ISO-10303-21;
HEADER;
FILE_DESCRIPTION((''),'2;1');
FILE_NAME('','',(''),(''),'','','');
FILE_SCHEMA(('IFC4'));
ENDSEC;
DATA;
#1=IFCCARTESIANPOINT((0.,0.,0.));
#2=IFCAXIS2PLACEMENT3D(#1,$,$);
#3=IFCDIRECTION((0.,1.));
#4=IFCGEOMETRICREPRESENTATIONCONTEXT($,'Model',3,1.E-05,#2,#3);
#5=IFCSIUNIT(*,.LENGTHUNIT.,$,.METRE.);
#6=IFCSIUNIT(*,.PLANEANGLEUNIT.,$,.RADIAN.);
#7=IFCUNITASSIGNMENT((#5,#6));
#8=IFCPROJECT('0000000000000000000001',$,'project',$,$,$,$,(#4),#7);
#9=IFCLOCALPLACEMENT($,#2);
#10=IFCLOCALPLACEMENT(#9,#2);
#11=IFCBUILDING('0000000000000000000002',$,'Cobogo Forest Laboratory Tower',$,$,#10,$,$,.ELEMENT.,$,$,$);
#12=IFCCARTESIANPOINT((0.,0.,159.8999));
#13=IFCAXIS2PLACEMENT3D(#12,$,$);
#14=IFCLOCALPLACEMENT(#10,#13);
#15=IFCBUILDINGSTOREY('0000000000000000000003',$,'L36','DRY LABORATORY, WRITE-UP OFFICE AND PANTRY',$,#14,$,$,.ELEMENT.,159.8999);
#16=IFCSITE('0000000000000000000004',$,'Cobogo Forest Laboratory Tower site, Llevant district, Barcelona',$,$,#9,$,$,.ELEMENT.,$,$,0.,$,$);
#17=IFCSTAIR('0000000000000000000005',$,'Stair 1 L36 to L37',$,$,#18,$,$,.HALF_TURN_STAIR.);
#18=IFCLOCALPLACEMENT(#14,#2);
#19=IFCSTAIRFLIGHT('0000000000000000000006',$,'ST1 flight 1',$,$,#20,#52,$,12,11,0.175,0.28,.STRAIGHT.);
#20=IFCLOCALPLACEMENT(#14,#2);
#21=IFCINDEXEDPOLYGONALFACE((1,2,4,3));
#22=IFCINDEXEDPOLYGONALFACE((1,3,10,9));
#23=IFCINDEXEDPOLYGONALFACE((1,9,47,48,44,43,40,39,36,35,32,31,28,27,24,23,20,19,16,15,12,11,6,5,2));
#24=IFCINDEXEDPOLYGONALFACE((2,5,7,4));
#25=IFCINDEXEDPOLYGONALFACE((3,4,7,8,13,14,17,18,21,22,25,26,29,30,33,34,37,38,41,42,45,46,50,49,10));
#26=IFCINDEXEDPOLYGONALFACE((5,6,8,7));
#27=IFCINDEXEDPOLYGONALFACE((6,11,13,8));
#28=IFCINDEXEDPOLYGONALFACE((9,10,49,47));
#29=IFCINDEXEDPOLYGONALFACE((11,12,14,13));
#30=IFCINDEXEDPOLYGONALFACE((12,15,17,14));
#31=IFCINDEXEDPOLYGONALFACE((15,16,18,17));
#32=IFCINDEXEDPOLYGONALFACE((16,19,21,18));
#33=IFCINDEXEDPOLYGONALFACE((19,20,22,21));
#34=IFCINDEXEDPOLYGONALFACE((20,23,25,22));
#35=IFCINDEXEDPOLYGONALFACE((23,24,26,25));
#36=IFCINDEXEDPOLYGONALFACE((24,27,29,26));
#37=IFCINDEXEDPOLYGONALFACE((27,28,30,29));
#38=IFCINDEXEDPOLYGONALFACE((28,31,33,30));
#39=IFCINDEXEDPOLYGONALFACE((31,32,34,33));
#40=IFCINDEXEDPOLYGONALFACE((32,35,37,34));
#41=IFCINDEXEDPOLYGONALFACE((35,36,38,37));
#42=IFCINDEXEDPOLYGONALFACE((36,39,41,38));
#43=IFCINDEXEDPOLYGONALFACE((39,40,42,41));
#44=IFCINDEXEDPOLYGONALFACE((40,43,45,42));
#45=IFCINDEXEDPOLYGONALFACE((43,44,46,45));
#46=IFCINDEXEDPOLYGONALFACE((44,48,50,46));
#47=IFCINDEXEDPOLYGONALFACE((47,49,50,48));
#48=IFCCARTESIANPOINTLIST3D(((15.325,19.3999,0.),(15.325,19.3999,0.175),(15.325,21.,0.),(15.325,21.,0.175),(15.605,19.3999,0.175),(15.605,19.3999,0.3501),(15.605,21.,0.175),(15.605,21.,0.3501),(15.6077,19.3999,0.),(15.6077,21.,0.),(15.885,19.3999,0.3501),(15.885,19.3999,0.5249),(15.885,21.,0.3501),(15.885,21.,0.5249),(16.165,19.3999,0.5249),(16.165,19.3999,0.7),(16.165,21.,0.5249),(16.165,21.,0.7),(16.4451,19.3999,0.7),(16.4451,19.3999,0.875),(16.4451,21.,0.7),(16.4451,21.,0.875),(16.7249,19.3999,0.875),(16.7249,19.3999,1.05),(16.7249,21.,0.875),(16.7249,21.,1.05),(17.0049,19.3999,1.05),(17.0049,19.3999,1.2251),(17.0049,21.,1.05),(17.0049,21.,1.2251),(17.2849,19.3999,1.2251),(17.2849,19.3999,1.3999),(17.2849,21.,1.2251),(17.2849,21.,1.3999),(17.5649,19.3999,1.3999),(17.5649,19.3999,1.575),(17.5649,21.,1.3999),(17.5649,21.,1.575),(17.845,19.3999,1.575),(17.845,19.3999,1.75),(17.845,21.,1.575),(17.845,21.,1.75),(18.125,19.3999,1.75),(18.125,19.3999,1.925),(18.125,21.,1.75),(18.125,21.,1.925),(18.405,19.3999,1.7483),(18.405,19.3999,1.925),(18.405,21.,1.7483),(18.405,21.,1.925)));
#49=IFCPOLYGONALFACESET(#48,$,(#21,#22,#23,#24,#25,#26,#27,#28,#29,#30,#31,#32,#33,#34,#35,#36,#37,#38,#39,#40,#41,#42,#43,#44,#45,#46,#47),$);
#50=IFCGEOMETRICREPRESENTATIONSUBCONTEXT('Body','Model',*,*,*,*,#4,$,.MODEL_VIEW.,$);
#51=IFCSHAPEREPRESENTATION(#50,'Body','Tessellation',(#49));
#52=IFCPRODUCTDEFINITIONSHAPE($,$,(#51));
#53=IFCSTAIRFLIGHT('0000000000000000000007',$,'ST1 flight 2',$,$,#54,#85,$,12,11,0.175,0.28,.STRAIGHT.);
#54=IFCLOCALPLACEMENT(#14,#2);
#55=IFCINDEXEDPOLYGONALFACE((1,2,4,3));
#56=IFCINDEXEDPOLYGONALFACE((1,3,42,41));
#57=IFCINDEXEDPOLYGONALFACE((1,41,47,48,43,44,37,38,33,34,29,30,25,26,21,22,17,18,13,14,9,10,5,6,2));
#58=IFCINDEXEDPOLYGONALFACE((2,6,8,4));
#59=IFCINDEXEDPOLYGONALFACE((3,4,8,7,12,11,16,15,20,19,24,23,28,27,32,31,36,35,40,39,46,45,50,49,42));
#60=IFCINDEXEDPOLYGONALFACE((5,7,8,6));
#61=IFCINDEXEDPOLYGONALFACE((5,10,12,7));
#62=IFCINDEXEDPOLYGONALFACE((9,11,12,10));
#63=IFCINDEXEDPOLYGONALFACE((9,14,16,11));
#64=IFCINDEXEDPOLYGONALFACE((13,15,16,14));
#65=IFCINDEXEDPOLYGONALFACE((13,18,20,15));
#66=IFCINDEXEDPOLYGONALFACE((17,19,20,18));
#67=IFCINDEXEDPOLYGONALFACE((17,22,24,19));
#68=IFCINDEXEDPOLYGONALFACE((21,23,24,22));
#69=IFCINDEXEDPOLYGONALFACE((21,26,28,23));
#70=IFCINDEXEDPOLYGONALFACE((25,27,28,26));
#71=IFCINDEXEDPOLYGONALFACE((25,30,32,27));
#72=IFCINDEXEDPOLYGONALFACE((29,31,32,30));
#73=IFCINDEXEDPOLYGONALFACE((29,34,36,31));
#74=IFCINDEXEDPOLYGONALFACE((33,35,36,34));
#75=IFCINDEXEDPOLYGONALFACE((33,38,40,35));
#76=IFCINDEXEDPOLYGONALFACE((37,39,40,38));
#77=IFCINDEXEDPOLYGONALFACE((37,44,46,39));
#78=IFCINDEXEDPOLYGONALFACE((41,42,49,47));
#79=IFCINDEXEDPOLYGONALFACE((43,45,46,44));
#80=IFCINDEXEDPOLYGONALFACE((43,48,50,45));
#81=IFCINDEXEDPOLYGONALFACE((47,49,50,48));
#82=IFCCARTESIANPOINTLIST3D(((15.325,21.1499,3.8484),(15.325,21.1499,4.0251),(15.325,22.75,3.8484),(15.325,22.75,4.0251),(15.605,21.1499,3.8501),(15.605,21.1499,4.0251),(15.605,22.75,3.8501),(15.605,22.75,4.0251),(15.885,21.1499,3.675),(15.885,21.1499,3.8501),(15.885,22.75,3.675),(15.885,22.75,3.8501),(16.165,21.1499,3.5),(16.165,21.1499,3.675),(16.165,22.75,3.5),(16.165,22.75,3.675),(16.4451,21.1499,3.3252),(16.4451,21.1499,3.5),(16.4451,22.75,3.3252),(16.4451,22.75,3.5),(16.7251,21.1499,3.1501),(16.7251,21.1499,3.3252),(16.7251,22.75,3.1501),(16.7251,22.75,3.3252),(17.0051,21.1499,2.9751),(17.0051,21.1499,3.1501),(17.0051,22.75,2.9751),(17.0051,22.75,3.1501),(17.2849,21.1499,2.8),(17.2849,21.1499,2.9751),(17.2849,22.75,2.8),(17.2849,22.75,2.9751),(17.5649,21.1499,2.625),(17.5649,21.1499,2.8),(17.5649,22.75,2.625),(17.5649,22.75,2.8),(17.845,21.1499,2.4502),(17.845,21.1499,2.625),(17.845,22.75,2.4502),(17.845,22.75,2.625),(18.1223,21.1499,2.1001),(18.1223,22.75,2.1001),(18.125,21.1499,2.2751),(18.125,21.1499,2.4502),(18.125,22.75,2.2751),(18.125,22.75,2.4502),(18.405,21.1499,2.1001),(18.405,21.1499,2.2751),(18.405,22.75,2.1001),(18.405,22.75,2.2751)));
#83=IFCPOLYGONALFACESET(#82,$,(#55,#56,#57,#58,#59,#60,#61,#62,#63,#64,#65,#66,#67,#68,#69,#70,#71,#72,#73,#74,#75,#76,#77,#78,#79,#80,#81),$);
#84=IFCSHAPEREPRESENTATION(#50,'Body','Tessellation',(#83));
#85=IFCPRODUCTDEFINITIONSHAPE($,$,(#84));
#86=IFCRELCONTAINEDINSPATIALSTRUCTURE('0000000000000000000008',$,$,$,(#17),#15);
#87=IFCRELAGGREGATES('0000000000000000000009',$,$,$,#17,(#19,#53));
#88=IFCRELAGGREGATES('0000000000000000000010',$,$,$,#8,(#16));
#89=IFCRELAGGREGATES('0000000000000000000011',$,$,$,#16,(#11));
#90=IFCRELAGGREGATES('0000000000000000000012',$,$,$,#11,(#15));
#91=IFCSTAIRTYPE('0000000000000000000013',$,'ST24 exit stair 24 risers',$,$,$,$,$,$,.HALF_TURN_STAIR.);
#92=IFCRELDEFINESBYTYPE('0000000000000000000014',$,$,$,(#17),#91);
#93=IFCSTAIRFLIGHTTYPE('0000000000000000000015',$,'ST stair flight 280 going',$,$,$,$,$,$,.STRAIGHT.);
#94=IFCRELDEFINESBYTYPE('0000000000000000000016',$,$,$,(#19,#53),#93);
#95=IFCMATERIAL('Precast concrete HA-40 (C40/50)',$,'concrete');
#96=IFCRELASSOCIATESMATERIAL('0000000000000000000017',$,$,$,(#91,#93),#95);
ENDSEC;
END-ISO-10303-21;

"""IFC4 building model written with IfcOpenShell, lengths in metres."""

from ifc_helpers import new_model, si_unit, direction, frame, origin, place, context, subcontext, project, spatial, polyline, outline, extrude, material, type_object, element, aggregate, save


model = new_model("IFC4")

# Units and contexts
model_context = context("Model", 3, precision=1e-05, world=origin(), true_north=direction((0.0, 1.0)))
body_context = subcontext(model_context, "Body", "Model", "MODEL_VIEW")
ifc_project = project(units=[si_unit("LENGTHUNIT", "METRE"), si_unit("PLANEANGLEUNIT", "RADIAN")], contexts=[model_context])

# Site, building, storey
site_placement = place(None, origin())
site = spatial("IfcSite", under=ifc_project, at=site_placement, Name="Cobogo Forest Laboratory Tower site, Llevant district, Barcelona", CompositionType="ELEMENT", RefElevation=0.0)
building_placement = place(site_placement, origin())
building = spatial("IfcBuilding", under=site, at=building_placement, Name="Cobogo Forest Laboratory Tower", CompositionType="ELEMENT")
storey_placement = place(building_placement, frame((0.0, 0.0, 159.8999)))
storey = spatial("IfcBuildingStorey", under=building, at=storey_placement, Name="L36", Description="DRY LABORATORY, WRITE-UP OFFICE AND PANTRY", CompositionType="ELEMENT", Elevation=159.8999)

# Stair, stair flights
ifc_material_1 = material(Name="Precast concrete HA-40 (C40/50)", Category="concrete")
stair_type = type_object("IfcStairType", Name="ST24 exit stair 24 risers", PredefinedType="HALF_TURN_STAIR", material=ifc_material_1)
stair_placement = place(storey_placement, origin())
stair = element("IfcStair", 1, at=stair_placement, inside=storey, type_object=stair_type, Name="Stair 1 L36 to L37", PredefinedType="HALF_TURN_STAIR")
stair_flight_type = type_object("IfcStairFlightType", Name="ST stair flight 280 going", PredefinedType="STRAIGHT", material=ifc_material_1)
stair_flight_1_placement = place(storey_placement, frame((15.325, 20.2, 0.0), z_axis=(0.0, 0.0, 1.0), x_axis=(1.0, 0.0, 0.0)))
stair_flight_1 = element("IfcStairFlight", 2, at=stair_flight_1_placement, type_object=stair_flight_type, Name="ST1 flight 1", NumberOfRisers=12, NumberOfTreads=11, PredefinedType="STRAIGHT", RiserHeight=0.175, TreadLength=0.28, context=body_context, shape_type="SweptSolid", body=[
    extrude(outline(polyline([(0.0, 0.0), (0.0, 0.175), (0.28, 0.175), (0.28, 0.3501), (0.5601, 0.3501), (0.5601, 0.5249), (0.8401, 0.5249), (0.8401, 0.7), (1.1201, 0.7), (1.1201, 0.875), (1.3999, 0.875), (1.3999, 1.05), (1.6799, 1.05), (1.6799, 1.2251), (1.96, 1.2251), (1.96, 1.3999), (2.24, 1.3999), (2.24, 1.575), (2.52, 1.575), (2.52, 1.75), (2.8, 1.75), (2.8, 1.925), (3.0801, 1.925), (3.0801, 2.1001), (3.0801, 1.7483), (0.2827, 0.0), (0.0, 0.0)])), frame((0.0, 0.8, 0.0), z_axis=(0.0, -1.0, 0.0), x_axis=(1.0, 0.0, 0.0)), (0.0, 0.0, 1.0), 1.6001),
])
stair_flight_2_placement = place(storey_placement, frame((18.405, 21.95, 2.1001), z_axis=(0.0, 0.0, 1.0), x_axis=(-1.0, 0.0, 0.0)))
stair_flight_2 = element("IfcStairFlight", 3, at=stair_flight_2_placement, type_object=stair_flight_type, Name="ST1 flight 2", NumberOfRisers=12, NumberOfTreads=11, PredefinedType="STRAIGHT", RiserHeight=0.175, TreadLength=0.28, context=body_context, shape_type="SweptSolid", body=[
    extrude(outline(polyline([(0.0, 0.0), (0.0, 0.175), (0.28, 0.175), (0.28, 0.3501), (0.5601, 0.3501), (0.5601, 0.5249), (0.8401, 0.5249), (0.8401, 0.7), (1.1201, 0.7), (1.1201, 0.875), (1.3999, 0.875), (1.3999, 1.05), (1.6799, 1.05), (1.6799, 1.2251), (1.96, 1.2251), (1.96, 1.3999), (2.24, 1.3999), (2.24, 1.575), (2.52, 1.575), (2.52, 1.75), (2.8, 1.75), (2.8, 1.925), (3.0801, 1.925), (3.0801, 2.1001), (3.0801, 1.7483), (0.2827, 0.0), (0.0, 0.0)])), frame((0.0, 0.8, 0.0), z_axis=(0.0, -1.0, 0.0), x_axis=(1.0, 0.0, 0.0)), (0.0, 0.0, 1.0), 1.6001),
])
aggregate(stair, [stair_flight_1, stair_flight_2])

save(model, "model.ifc")
